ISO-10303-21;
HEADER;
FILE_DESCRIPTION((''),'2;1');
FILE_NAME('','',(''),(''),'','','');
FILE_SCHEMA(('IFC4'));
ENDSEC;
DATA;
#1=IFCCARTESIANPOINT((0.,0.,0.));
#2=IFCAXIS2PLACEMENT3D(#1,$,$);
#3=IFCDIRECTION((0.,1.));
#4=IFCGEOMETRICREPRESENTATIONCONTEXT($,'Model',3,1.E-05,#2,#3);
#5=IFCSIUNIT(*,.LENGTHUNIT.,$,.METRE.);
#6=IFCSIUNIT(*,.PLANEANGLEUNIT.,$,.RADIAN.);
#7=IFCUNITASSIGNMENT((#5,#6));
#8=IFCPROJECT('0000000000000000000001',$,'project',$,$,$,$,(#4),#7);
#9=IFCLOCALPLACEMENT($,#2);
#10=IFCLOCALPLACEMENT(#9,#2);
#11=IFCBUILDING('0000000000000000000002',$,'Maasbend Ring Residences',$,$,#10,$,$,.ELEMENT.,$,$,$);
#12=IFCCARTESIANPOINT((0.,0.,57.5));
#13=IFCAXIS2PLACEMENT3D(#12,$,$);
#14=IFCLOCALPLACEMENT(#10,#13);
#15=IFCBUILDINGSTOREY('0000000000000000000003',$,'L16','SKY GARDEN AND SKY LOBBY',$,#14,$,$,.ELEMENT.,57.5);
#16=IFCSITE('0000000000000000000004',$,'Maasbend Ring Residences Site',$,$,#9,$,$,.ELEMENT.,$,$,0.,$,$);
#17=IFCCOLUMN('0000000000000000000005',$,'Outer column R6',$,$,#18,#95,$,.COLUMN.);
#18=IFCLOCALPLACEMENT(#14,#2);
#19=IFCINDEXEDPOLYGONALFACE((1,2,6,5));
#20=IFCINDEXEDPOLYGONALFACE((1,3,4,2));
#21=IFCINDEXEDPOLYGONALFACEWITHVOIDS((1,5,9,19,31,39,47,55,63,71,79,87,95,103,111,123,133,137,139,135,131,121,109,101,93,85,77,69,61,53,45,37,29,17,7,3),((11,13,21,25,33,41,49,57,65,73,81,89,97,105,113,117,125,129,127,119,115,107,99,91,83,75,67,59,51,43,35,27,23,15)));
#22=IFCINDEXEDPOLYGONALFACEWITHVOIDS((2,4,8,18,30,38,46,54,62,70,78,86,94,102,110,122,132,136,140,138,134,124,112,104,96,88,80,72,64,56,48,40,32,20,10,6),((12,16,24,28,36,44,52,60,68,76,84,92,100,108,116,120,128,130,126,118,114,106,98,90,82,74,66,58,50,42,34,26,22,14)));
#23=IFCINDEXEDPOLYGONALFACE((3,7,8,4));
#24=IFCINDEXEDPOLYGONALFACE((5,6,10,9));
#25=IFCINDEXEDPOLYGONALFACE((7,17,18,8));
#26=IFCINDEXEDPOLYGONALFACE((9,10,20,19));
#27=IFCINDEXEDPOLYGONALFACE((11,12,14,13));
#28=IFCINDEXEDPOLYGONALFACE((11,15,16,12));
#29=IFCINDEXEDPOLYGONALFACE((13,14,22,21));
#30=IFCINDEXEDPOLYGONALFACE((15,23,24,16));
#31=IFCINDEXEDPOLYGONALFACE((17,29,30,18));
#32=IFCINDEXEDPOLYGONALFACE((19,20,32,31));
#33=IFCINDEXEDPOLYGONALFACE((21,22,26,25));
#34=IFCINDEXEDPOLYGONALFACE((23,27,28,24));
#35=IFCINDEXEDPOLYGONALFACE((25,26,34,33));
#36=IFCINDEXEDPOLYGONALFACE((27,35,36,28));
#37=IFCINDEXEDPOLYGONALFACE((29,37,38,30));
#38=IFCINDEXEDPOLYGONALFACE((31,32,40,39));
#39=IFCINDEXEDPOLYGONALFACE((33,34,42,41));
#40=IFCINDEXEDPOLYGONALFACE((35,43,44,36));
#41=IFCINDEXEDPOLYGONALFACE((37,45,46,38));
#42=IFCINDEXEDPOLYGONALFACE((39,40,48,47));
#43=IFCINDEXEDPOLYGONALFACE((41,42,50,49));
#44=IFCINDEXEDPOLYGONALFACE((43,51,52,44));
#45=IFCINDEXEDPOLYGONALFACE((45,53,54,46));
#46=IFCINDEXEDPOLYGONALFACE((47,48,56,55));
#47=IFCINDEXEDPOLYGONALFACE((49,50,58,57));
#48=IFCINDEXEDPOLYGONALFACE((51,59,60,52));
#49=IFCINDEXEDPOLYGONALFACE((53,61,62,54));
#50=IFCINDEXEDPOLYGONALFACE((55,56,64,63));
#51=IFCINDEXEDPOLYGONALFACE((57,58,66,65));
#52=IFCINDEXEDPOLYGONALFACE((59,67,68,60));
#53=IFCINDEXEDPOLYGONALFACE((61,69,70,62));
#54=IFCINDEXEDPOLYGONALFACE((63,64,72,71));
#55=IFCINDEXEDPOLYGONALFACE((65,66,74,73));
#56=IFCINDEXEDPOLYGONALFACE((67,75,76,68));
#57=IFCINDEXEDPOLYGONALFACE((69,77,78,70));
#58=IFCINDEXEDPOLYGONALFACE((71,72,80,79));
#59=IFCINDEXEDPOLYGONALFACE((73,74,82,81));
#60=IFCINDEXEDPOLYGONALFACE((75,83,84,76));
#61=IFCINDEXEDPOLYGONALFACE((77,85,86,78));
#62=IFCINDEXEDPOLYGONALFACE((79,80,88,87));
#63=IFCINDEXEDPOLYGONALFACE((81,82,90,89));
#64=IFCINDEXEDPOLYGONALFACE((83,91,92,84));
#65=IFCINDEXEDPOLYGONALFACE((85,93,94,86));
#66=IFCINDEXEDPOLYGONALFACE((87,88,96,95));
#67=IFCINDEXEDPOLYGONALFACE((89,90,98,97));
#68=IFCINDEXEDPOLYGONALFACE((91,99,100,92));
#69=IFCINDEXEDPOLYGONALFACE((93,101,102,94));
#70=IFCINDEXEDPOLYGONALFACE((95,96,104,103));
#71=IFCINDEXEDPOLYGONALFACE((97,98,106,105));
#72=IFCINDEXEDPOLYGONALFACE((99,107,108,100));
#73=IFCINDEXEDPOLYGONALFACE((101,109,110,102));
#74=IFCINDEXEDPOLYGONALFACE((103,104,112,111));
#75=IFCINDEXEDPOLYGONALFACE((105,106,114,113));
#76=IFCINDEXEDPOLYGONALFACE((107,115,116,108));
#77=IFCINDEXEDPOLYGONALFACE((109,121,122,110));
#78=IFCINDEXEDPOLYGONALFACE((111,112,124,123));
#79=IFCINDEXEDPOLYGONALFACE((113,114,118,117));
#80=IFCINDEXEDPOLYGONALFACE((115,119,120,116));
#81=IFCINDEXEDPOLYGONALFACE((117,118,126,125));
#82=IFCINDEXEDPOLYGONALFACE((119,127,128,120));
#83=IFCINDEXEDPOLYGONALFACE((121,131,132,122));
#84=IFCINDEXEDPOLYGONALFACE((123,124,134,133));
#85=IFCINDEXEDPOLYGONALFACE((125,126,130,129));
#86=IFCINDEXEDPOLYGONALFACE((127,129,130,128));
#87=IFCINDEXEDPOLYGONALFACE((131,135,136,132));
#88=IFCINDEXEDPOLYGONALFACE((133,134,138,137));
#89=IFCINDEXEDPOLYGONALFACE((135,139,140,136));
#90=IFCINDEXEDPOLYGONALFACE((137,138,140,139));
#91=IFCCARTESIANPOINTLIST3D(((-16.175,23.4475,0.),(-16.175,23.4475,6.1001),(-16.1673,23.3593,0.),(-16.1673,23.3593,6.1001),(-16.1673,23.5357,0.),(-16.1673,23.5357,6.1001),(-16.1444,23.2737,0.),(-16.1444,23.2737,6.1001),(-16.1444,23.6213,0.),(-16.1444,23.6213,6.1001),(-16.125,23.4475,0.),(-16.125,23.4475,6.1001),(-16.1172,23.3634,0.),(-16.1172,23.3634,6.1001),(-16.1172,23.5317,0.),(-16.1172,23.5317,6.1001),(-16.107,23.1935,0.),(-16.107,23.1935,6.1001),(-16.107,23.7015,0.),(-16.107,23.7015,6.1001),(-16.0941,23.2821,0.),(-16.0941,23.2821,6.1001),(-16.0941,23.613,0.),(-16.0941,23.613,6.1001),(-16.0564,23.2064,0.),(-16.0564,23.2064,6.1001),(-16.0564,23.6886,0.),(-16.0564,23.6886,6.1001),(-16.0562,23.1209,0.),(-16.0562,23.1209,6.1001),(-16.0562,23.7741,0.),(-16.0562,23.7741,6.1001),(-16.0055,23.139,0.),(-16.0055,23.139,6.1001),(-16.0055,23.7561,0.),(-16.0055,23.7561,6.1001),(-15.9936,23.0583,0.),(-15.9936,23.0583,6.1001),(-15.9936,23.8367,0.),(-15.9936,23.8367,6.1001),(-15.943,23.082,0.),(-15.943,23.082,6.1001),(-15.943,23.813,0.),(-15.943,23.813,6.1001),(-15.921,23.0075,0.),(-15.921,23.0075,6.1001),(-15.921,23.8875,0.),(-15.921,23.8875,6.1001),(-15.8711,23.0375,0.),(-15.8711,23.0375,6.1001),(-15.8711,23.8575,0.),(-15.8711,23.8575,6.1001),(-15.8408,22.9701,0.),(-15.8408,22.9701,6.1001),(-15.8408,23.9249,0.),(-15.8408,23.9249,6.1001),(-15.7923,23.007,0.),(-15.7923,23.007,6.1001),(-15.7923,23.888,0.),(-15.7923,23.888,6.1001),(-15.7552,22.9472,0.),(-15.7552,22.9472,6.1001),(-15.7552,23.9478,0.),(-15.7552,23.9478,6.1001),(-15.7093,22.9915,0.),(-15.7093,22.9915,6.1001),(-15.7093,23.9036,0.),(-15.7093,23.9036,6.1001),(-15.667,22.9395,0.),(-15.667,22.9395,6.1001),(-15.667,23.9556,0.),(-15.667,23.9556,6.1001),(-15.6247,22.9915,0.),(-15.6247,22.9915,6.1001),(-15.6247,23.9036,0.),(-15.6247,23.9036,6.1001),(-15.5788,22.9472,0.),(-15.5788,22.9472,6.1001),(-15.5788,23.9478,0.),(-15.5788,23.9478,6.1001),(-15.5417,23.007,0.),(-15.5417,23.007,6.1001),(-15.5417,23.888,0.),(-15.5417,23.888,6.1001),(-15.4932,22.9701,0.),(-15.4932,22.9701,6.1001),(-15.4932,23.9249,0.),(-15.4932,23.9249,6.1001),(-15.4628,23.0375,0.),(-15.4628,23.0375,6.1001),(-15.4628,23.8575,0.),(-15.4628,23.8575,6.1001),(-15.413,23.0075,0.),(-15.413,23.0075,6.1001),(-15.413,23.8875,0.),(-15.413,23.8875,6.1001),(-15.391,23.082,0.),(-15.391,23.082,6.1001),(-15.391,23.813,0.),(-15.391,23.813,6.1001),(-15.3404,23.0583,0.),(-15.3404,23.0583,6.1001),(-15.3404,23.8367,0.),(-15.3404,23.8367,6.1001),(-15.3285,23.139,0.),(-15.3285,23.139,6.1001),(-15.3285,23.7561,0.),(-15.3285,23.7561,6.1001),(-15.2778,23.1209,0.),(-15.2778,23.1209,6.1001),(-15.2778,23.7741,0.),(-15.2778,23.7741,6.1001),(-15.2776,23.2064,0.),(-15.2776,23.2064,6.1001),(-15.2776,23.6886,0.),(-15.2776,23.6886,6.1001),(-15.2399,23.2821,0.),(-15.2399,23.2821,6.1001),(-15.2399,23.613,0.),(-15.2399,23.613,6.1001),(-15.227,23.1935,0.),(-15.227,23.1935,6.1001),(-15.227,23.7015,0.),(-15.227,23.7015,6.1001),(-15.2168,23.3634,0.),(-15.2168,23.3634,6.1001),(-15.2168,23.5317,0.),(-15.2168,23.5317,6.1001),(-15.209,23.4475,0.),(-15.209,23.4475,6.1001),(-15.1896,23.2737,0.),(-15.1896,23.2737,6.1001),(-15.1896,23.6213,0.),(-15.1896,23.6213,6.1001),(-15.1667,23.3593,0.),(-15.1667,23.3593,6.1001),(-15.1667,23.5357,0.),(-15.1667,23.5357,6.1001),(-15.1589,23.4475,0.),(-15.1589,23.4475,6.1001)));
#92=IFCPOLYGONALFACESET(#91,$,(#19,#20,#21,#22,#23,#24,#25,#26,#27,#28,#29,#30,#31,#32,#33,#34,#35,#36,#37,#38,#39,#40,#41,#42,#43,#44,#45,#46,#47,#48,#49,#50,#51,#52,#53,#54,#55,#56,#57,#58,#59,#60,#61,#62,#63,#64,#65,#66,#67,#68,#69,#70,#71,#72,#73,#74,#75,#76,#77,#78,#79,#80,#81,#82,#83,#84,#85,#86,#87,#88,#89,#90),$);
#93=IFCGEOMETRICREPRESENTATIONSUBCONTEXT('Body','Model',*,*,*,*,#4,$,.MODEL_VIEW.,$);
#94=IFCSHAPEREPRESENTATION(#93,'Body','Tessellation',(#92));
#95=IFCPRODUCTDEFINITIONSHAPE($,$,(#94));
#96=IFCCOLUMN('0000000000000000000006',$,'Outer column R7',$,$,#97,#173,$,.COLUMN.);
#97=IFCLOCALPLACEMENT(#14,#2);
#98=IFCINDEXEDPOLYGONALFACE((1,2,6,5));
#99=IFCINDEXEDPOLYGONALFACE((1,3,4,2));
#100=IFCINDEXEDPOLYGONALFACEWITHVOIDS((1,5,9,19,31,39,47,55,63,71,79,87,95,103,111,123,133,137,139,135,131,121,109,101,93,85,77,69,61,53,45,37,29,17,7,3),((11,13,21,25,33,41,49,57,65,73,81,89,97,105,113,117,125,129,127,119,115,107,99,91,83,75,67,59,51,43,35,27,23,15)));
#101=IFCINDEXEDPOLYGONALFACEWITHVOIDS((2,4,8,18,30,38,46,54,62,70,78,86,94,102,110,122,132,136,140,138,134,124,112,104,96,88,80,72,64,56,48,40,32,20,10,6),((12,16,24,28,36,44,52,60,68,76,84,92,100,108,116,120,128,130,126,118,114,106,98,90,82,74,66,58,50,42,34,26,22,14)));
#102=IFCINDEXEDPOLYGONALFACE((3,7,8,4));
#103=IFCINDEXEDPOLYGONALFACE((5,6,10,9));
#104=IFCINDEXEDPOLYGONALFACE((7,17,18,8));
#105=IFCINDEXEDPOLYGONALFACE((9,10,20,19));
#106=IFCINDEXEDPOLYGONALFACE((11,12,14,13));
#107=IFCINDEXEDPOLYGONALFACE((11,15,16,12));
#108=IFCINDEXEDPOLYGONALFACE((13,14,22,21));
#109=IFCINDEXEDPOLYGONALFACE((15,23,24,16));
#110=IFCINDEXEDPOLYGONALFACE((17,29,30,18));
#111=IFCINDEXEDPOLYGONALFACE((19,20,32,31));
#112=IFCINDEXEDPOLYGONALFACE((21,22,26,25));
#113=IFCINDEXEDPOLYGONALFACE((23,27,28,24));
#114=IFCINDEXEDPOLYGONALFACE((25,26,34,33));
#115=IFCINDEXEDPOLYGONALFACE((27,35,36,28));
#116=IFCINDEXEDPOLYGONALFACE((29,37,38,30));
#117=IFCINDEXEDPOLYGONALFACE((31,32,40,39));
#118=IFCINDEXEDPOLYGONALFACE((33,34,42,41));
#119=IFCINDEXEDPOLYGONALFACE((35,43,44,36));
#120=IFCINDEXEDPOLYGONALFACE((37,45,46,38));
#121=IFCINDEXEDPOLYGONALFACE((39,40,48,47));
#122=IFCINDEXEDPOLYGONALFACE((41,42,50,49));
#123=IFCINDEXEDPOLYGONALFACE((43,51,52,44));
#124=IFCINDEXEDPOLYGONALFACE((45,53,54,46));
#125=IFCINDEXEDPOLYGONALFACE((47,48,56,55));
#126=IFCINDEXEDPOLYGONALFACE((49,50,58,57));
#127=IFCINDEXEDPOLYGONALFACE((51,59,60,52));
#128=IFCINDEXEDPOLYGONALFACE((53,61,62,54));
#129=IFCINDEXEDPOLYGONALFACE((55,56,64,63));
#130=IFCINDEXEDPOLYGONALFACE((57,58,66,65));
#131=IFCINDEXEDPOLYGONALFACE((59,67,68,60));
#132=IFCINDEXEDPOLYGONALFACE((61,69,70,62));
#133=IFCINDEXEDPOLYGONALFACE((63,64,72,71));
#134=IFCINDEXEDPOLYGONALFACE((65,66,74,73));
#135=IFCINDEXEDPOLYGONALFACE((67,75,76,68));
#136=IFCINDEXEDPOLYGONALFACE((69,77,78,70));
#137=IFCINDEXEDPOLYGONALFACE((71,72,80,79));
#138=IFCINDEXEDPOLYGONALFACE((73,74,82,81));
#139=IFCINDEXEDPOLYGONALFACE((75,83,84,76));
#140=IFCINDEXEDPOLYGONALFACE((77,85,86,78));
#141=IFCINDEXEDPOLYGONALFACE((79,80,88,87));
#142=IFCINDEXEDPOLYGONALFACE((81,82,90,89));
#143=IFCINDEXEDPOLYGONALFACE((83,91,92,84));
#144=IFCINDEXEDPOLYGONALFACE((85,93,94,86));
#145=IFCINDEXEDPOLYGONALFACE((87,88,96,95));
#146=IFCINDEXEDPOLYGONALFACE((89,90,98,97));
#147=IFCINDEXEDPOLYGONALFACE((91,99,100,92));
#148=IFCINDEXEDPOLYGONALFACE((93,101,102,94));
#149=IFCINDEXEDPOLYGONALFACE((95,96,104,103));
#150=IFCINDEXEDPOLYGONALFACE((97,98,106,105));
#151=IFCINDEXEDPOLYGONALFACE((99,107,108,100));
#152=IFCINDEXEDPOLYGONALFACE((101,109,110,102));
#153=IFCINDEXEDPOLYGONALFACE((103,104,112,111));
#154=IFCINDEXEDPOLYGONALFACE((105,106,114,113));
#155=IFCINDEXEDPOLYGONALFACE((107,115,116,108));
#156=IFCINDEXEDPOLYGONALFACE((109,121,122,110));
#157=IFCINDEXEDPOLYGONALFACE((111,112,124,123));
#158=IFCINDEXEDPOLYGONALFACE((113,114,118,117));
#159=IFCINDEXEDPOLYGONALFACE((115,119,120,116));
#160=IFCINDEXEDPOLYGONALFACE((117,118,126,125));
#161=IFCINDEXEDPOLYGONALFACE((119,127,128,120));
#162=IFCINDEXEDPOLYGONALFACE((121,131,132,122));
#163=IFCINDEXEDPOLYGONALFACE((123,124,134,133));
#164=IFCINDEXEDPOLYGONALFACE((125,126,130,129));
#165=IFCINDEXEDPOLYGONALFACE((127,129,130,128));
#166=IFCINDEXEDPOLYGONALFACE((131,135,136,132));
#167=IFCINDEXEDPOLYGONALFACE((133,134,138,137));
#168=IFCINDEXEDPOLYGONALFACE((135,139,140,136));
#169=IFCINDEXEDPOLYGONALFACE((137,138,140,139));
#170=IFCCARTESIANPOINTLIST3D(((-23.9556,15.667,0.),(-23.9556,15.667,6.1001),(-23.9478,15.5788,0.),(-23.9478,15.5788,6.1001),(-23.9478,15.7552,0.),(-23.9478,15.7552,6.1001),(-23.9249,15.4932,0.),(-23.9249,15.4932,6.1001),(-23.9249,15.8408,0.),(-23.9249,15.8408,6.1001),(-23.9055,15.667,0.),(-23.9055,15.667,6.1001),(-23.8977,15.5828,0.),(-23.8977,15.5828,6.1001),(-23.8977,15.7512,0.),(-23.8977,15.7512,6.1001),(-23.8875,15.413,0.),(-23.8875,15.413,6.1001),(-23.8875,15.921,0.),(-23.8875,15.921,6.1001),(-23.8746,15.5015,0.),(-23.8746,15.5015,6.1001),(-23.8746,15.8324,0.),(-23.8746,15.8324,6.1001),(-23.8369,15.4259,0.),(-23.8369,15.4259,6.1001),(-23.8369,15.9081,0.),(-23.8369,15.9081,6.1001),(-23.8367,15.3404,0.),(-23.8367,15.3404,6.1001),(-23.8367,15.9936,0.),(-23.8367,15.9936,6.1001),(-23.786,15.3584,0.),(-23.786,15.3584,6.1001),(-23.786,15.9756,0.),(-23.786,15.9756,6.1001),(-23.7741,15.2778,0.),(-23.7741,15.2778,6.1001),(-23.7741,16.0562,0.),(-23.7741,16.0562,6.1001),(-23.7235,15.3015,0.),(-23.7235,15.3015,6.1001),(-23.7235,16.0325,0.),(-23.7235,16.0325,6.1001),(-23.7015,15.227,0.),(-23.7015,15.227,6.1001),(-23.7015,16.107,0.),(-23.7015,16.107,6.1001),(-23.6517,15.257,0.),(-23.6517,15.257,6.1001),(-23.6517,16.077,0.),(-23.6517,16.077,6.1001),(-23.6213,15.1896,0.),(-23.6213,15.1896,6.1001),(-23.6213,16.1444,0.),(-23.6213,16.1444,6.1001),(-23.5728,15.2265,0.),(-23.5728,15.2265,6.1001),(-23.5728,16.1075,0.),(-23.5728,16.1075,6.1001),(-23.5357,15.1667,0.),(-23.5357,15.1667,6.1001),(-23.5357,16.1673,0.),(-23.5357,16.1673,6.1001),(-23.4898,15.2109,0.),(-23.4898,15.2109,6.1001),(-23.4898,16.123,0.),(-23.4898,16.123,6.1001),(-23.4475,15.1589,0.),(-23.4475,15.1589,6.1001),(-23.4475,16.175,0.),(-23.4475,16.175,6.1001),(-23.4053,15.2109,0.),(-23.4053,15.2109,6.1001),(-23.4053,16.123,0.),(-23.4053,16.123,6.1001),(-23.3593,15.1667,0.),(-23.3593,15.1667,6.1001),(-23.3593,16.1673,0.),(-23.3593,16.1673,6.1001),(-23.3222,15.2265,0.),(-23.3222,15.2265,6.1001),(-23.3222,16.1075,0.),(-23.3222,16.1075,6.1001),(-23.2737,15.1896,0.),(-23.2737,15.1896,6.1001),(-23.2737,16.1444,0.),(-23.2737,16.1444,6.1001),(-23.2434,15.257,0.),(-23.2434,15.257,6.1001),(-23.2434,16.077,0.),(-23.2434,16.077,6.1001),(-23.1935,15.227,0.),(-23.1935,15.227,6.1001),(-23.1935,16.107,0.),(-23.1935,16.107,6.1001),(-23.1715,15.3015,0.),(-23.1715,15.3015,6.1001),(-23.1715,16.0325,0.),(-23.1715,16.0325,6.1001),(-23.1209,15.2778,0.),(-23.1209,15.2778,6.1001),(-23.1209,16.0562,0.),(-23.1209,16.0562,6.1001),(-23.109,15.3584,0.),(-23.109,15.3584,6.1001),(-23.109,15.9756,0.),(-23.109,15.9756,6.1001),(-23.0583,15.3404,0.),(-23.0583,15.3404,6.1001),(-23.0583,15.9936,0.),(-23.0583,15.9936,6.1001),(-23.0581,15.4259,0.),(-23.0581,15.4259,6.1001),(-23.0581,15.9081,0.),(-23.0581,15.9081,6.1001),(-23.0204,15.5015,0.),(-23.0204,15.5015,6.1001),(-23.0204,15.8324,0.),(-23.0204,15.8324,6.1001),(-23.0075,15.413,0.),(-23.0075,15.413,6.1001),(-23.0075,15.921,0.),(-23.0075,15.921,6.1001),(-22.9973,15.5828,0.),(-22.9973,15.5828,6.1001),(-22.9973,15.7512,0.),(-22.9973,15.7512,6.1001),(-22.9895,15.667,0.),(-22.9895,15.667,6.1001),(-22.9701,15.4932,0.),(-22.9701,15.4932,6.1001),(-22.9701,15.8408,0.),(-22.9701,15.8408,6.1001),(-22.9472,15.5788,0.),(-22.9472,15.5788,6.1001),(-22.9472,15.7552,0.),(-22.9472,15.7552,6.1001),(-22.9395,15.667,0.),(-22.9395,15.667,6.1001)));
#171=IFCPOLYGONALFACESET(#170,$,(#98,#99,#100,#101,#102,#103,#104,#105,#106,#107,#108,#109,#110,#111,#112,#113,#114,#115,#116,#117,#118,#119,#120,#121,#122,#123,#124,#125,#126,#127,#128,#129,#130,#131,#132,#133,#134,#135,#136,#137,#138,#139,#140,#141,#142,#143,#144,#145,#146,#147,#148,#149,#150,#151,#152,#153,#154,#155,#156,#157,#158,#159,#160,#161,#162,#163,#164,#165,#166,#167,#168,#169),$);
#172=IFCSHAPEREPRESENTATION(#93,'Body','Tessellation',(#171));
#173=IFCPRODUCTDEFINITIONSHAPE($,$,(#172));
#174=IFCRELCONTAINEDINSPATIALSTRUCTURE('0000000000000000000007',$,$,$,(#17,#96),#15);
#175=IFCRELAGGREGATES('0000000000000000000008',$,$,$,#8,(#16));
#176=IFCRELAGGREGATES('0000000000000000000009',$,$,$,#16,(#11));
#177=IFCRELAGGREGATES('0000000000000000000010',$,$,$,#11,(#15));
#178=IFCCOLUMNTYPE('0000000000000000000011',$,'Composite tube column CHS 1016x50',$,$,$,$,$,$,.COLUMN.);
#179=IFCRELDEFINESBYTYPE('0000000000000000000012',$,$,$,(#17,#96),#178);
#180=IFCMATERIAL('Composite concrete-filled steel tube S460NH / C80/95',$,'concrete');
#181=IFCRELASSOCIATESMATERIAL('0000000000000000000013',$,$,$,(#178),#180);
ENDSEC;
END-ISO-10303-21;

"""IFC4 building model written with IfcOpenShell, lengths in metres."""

from ifc_helpers import new_model, si_unit, direction, frame, origin, origin_2d, place, context, subcontext, project, spatial, hollow_circle, extrude, material, material_profile, profile_set, type_object, element, save


model = new_model("IFC4")

# Units and contexts
model_context = context("Model", 3, precision=1e-05, world=origin(), true_north=direction((0.0, 1.0)))
body_context = subcontext(model_context, "Body", "Model", "MODEL_VIEW")
ifc_project = project(units=[si_unit("LENGTHUNIT", "METRE"), si_unit("PLANEANGLEUNIT", "RADIAN")], contexts=[model_context])

# Site, building, storey
site_placement = place(None, origin())
site = spatial("IfcSite", under=ifc_project, at=site_placement, Name="Maasbend Ring Residences Site", CompositionType="ELEMENT", RefElevation=0.0)
building_placement = place(site_placement, origin())
building = spatial("IfcBuilding", under=site, at=building_placement, Name="Maasbend Ring Residences", CompositionType="ELEMENT")
storey_placement = place(building_placement, frame((0.0, 0.0, 57.5)))
storey = spatial("IfcBuildingStorey", under=building, at=storey_placement, Name="L16", Description="SKY GARDEN AND SKY LOBBY", CompositionType="ELEMENT", Elevation=57.5)

# Columns
ifc_material_1 = material(Name="Composite concrete-filled steel tube S460NH / C80/95", Category="concrete")
ifc_material_profile_1 = material_profile(ifc_material_1, hollow_circle(Radius=0.5081, WallThickness=0.05, at=origin_2d()), Name="Composite tube column CHS 1016x50")
ifc_profile_set_1 = profile_set([ifc_material_profile_1], Name="Composite concrete-filled steel tube S460NH / C80/95")
column_type_1 = type_object("IfcColumnType", Name="Composite tube column CHS 1016x50", PredefinedType="COLUMN", material=ifc_profile_set_1)
for number, where, z_axis, x_axis, name in (
    (1, (-15.667, 23.4475, 0.0), (0.0, 0.0, 1.0), (1.0, 0.0, 0.0), "Outer column R6"),
    (2, (-23.4475, 15.667, 0.0), (0.0, 0.0, 1.0), (1.0, 0.0, 0.0), "Outer column R7"),
):
    element("IfcColumn", number, at=place(storey_placement, frame(where, z_axis=z_axis, x_axis=x_axis)), inside=storey, type_object=column_type_1, Name=name, PredefinedType="COLUMN", context=body_context, shape_type="SweptSolid", body=[
        extrude(hollow_circle(Radius=0.5081, WallThickness=0.05, at=origin_2d()), origin(), (0.0, 0.0, 1.0), 6.1001),
    ])

save(model, "model.ifc")
